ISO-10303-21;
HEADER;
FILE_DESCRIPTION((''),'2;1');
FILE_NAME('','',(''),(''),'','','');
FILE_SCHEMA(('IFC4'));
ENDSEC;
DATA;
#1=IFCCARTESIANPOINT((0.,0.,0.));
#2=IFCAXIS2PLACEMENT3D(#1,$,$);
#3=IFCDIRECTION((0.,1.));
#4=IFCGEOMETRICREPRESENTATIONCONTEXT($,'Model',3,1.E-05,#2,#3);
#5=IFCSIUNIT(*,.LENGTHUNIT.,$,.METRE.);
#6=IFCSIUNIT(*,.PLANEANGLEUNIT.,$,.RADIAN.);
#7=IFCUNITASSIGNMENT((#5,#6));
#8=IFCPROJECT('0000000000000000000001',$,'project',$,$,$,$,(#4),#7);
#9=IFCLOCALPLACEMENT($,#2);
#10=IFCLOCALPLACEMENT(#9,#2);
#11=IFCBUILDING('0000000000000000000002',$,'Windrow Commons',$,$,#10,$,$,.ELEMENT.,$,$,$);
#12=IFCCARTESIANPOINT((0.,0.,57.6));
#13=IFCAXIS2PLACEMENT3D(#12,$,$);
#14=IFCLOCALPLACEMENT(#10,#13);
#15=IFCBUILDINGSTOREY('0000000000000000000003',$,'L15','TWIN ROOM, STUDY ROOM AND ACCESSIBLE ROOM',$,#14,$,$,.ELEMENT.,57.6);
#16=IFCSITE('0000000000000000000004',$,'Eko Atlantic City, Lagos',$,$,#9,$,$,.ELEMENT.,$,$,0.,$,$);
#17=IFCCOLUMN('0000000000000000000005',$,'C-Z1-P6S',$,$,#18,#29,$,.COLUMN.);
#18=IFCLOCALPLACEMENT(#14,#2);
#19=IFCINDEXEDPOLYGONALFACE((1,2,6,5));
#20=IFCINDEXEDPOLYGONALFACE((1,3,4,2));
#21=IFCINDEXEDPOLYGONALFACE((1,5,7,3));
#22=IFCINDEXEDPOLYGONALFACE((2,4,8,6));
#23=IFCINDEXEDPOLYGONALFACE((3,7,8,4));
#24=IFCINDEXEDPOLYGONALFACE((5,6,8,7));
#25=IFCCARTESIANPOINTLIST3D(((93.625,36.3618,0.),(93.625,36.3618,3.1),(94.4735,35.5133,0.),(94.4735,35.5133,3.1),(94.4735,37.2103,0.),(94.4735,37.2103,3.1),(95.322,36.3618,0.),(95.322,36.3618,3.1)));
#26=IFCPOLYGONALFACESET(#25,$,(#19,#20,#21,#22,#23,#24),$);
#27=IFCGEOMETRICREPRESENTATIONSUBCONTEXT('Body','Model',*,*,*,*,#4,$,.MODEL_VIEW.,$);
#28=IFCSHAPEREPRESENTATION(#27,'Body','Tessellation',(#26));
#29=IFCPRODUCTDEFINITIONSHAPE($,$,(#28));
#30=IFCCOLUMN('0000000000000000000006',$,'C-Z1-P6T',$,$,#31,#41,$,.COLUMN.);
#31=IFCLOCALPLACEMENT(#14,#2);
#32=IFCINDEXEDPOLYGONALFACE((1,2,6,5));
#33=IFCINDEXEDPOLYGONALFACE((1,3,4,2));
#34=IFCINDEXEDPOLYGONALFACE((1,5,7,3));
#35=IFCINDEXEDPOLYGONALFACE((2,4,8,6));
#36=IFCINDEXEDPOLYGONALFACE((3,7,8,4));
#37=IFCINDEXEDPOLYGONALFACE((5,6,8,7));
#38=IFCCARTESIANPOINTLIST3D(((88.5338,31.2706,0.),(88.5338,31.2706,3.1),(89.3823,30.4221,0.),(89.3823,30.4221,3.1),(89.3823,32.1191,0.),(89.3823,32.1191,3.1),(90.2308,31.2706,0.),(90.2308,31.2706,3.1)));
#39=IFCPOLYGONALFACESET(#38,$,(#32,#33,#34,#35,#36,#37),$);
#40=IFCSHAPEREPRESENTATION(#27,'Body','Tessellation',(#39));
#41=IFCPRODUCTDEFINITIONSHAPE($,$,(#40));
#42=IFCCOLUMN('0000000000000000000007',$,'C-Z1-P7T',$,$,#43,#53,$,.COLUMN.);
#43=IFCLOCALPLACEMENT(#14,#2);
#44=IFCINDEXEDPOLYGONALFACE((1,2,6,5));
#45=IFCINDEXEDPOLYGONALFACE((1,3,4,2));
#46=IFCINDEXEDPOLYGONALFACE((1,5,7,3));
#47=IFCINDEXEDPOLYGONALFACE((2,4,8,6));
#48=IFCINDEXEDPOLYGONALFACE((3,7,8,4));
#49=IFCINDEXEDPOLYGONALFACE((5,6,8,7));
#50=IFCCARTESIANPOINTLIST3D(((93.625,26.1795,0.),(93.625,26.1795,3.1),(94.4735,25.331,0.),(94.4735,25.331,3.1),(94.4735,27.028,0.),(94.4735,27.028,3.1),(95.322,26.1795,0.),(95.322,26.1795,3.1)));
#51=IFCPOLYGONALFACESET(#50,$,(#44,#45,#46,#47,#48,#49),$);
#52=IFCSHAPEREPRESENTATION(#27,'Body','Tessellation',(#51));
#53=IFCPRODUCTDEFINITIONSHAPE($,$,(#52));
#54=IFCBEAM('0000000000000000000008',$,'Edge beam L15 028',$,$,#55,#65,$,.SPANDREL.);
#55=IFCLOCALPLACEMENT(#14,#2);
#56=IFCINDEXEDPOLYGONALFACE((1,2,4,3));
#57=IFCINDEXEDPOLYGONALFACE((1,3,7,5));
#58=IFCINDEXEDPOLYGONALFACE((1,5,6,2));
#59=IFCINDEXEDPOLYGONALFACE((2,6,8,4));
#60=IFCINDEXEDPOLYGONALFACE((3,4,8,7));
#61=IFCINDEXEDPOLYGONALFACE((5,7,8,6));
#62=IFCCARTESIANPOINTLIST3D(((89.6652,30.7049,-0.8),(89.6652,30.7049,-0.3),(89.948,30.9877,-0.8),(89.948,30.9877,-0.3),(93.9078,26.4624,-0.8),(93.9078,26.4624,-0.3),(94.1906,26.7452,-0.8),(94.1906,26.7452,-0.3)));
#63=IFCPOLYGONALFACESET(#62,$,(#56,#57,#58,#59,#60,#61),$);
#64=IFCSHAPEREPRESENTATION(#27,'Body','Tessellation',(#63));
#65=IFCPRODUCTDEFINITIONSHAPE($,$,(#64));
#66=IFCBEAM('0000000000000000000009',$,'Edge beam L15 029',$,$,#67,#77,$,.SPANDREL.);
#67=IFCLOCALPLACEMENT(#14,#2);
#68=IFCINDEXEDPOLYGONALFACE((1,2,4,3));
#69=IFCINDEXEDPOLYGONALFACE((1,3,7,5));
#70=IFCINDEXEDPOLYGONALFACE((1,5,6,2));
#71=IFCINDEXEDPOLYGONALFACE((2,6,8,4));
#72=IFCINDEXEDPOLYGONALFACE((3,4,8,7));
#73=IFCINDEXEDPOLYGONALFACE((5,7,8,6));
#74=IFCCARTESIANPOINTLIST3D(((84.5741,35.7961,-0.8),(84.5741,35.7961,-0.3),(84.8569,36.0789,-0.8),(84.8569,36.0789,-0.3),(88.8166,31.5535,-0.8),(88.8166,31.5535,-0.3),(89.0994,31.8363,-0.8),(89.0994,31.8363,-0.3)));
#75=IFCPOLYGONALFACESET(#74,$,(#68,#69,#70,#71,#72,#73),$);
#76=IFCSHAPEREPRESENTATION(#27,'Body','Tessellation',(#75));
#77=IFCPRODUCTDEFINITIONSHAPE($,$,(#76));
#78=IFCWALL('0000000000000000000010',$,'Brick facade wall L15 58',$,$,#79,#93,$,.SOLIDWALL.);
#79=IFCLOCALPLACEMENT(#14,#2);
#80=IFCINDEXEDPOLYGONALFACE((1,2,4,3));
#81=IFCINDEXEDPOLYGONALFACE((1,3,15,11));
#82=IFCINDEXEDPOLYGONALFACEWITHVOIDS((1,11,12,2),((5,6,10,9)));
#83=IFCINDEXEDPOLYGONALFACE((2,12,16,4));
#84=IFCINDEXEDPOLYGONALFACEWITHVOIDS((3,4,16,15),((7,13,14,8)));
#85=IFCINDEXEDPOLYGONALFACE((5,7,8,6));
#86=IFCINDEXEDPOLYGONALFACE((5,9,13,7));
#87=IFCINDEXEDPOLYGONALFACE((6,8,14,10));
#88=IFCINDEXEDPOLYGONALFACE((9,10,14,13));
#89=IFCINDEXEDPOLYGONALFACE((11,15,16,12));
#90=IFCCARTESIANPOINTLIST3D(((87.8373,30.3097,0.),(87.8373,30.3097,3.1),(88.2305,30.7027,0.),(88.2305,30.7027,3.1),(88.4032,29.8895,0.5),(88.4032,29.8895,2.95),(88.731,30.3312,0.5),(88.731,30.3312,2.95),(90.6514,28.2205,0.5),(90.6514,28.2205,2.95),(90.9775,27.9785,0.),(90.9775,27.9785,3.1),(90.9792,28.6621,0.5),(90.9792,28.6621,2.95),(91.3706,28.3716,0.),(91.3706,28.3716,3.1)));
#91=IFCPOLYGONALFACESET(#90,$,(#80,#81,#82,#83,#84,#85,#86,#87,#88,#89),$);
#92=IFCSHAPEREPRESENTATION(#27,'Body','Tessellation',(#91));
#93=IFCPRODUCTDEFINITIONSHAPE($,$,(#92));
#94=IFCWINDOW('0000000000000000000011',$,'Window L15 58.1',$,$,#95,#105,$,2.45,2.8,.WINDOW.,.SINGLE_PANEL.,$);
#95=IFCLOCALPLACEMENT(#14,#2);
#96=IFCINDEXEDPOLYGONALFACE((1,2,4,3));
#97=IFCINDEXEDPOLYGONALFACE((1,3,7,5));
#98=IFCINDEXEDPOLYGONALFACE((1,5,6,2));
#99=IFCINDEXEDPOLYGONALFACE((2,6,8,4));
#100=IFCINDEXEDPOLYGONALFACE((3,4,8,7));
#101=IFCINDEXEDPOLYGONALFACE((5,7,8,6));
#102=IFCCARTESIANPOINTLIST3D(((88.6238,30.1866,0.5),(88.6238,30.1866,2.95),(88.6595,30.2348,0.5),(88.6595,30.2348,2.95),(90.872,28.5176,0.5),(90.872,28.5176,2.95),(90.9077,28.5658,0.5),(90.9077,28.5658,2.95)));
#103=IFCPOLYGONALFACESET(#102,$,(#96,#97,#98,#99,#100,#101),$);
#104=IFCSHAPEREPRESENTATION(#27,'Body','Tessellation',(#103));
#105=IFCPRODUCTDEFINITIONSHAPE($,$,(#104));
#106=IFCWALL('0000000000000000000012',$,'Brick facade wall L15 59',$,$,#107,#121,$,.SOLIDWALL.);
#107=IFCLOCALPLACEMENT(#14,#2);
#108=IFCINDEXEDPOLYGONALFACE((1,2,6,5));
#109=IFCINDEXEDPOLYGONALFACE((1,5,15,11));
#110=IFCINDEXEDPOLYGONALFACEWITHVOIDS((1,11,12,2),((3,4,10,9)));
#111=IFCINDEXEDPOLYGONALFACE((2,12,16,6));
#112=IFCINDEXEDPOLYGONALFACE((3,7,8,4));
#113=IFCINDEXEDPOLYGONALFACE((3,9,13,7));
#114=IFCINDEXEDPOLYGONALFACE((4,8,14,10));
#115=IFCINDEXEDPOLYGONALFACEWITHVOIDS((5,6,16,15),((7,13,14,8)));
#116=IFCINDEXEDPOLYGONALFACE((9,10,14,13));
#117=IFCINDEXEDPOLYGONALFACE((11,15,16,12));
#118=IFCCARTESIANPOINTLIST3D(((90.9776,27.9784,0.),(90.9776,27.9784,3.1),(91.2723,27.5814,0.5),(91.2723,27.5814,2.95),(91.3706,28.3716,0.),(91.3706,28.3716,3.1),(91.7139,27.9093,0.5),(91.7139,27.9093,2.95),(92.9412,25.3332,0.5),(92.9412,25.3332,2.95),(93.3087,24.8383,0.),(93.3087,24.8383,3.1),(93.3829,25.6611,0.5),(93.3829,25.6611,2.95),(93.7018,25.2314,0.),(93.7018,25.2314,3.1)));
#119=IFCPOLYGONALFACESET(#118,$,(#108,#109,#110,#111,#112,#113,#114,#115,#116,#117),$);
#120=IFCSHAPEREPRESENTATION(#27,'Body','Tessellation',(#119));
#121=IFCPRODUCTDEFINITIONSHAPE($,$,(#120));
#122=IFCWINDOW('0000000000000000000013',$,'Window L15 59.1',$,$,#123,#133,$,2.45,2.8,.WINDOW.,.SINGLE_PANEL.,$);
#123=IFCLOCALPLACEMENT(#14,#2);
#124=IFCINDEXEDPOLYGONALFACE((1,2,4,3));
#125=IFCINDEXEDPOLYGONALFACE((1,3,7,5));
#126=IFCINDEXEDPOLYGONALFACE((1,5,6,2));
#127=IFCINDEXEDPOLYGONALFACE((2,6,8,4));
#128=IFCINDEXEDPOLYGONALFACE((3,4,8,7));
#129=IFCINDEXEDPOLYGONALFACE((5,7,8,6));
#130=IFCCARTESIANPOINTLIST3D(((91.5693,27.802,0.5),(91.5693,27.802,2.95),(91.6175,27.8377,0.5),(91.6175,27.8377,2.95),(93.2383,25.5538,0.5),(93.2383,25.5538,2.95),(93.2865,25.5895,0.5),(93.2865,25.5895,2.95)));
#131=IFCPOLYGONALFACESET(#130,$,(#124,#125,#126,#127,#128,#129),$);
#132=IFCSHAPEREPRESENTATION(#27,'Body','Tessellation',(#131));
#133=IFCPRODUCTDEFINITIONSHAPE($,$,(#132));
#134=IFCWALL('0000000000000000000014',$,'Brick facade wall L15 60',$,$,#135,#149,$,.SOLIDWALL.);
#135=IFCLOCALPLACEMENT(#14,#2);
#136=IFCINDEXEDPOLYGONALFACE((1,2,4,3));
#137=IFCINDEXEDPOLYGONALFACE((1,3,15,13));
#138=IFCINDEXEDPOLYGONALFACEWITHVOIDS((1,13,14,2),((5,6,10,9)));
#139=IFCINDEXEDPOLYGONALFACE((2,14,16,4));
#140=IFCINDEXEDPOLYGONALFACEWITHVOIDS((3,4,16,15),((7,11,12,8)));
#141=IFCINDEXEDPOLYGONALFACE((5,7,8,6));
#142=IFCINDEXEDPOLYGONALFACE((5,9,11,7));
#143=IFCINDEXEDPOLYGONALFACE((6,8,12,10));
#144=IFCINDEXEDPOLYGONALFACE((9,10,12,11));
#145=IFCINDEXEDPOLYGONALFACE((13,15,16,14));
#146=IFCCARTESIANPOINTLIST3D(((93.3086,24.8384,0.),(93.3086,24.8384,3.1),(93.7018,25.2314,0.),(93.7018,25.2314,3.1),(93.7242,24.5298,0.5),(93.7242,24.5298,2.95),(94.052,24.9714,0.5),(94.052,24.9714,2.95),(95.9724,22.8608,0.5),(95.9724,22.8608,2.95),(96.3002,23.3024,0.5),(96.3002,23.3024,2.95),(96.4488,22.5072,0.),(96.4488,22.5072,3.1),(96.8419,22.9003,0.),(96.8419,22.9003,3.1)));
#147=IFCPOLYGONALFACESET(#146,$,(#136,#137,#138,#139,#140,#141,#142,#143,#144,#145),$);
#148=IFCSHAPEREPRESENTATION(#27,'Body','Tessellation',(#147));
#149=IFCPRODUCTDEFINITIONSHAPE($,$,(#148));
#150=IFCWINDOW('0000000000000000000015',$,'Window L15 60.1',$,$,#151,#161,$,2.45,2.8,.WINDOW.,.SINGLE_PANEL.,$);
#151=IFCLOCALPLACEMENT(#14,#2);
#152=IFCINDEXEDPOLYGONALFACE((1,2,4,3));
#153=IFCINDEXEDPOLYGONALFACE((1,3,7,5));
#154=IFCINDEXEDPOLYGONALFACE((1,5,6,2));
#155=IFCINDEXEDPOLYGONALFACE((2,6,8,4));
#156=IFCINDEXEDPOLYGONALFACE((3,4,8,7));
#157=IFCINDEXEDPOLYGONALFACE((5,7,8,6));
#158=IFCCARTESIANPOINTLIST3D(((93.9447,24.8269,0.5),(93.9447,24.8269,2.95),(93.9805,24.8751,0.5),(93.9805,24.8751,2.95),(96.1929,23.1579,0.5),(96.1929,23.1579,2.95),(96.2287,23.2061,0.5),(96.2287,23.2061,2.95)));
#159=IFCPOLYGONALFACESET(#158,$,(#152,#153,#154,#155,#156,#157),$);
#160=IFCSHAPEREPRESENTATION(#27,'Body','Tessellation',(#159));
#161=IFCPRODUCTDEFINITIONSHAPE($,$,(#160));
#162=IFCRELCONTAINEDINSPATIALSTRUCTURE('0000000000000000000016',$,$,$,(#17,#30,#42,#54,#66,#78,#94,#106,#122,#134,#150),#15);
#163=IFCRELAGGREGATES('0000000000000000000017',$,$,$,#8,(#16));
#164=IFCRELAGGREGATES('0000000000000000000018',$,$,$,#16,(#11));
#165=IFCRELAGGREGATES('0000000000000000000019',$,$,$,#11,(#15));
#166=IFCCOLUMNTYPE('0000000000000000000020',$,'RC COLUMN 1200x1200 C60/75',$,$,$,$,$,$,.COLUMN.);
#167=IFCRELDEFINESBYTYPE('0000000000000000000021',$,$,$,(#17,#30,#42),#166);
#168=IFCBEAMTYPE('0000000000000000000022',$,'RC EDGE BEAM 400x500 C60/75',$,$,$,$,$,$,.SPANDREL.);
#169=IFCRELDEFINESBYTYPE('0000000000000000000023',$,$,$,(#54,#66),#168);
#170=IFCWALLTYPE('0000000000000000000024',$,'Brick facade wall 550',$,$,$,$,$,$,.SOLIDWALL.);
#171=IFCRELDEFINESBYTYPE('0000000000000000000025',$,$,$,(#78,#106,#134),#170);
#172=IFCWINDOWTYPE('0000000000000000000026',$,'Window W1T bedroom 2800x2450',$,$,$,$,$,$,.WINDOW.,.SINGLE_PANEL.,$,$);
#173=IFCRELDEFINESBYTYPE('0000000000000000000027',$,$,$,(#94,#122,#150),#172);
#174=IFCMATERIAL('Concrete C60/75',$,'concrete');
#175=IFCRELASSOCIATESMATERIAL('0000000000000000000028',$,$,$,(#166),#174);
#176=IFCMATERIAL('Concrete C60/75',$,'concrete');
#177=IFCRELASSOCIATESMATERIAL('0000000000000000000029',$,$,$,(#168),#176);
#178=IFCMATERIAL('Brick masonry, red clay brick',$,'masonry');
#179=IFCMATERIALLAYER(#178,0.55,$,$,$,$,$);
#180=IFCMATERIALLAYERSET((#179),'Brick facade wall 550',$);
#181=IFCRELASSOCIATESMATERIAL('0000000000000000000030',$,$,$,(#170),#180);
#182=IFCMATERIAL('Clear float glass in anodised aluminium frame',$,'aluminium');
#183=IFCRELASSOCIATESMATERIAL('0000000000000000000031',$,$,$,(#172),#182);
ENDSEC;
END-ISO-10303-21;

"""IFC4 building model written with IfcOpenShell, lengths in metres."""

from ifc_helpers import new_model, si_unit, direction, frame, frame_2d, origin, origin_2d, place, context, subcontext, project, spatial, polyline, rectangle, outline, extrude, material, layer, layer_set, material_profile, profile_set, type_object, element, fill, save


model = new_model("IFC4")

# Units and contexts
model_context = context("Model", 3, precision=1e-05, world=origin(), true_north=direction((0.0, 1.0)))
body_context = subcontext(model_context, "Body", "Model", "MODEL_VIEW")
ifc_project = project(units=[si_unit("LENGTHUNIT", "METRE"), si_unit("PLANEANGLEUNIT", "RADIAN")], contexts=[model_context])

# Site, building, storey
site_placement = place(None, origin())
site = spatial("IfcSite", under=ifc_project, at=site_placement, Name="Eko Atlantic City, Lagos", CompositionType="ELEMENT", RefElevation=0.0)
building_placement = place(site_placement, origin())
building = spatial("IfcBuilding", under=site, at=building_placement, Name="Windrow Commons", CompositionType="ELEMENT")
storey_placement = place(building_placement, frame((0.0, 0.0, 57.6)))
storey = spatial("IfcBuildingStorey", under=building, at=storey_placement, Name="L15", Description="TWIN ROOM, STUDY ROOM AND ACCESSIBLE ROOM", CompositionType="ELEMENT", Elevation=57.6)

# Columns
ifc_material_1 = material(Name="Concrete C60/75", Category="concrete")
ifc_material_profile_1 = material_profile(ifc_material_1, rectangle(XDim=1.2, YDim=1.2, at=origin_2d()))
ifc_profile_set_1 = profile_set([ifc_material_profile_1], Name="Concrete C60/75")
column_type = type_object("IfcColumnType", Name="RC COLUMN 1200x1200 C60/75", PredefinedType="COLUMN", material=ifc_profile_set_1)
for number, where, z_axis, x_axis, name in (
    (1, (94.4735, 36.3618, 0.0), (0.0, 0.0, 1.0), (0.707107, -0.707107, 0.0), "C-Z1-P6S"),
    (2, (89.3823, 31.2706, 0.0), (0.0, 0.0, 1.0), (0.707107, -0.707107, 0.0), "C-Z1-P6T"),
    (3, (94.4735, 26.1795, 0.0), (0.0, 0.0, 1.0), (0.707107, -0.707107, 0.0), "C-Z1-P7T"),
):
    element("IfcColumn", number, at=place(storey_placement, frame(where, z_axis=z_axis, x_axis=x_axis)), inside=storey, type_object=column_type, Name=name, PredefinedType="COLUMN", context=body_context, shape_type="SweptSolid", body=[
        extrude(rectangle(XDim=1.2, YDim=1.2, at=origin_2d()), origin(), (0.0, 0.0, 1.0), 3.1),
    ])

# Beams
ifc_material_2 = material(Name="Concrete C60/75", Category="concrete")
ifc_material_profile_2 = material_profile(ifc_material_2, rectangle(XDim=0.4, YDim=0.5, at=origin_2d()))
ifc_profile_set_2 = profile_set([ifc_material_profile_2], Name="Concrete C60/75")
beam_type = type_object("IfcBeamType", Name="RC EDGE BEAM 400x500 C60/75", PredefinedType="SPANDREL", material=ifc_profile_set_2)
for number, where, z_axis, x_axis, name in (
    (4, (94.0492, 26.6038, -0.55), (-0.707115, 0.707098, 0.0), (-0.707098, -0.707115, 0.0), "Edge beam L15 028"),
    (5, (88.958, 31.6949, -0.55), (-0.707098, 0.707115, 0.0), (-0.707115, -0.707098, 0.0), "Edge beam L15 029"),
):
    element("IfcBeam", number, at=place(storey_placement, frame(where, z_axis=z_axis, x_axis=x_axis)), inside=storey, type_object=beam_type, Name=name, PredefinedType="SPANDREL", context=body_context, shape_type="SweptSolid", body=[
        extrude(rectangle(XDim=0.4, YDim=0.5, at=origin_2d()), origin(), (0.0, 0.0, 1.0), 5.9999),
    ])

# Walls, openings, windows
ifc_material_3 = material(Name="Brick masonry, red clay brick", Category="masonry")
ifc_layer_1 = layer(ifc_material_3, 0.55)
ifc_layer_set_1 = layer_set([ifc_layer_1], Name="Brick facade wall 550")
wall_type_1 = type_object("IfcWallType", Name="Brick facade wall 550", PredefinedType="SOLIDWALL", material=ifc_layer_set_1)
wall_1_placement = place(storey_placement, frame((88.0339, 30.5062, 0.0), z_axis=(0.0, 0.0, 1.0), x_axis=(0.80293, -0.596074, 0.0)))
wall_1 = element("IfcWall", 6, at=wall_1_placement, inside=storey, type_object=wall_type_1, Name="Brick facade wall L15 58", PredefinedType="SOLIDWALL", context=body_context, shape_type="SweptSolid", body=[
    extrude(outline(polyline([(-0.0407, -0.275), (3.8702, -0.275), (3.9515, 0.275), (0.0407, 0.275), (-0.0407, -0.275)])), origin(), (0.0, 0.0, 1.0), 3.1),
])
opening_1_placement = place(wall_1_placement, frame((0.6641, 0.0, 0.5)))
opening_1 = element("IfcOpeningElement", 7, at=opening_1_placement, cuts=wall_1, PredefinedType="OPENING", context=body_context, shape_type="SweptSolid", body=[
    extrude(rectangle(XDim=2.8, YDim=2.45, at=frame_2d((1.4, 1.225))), frame((0.0, 0.285, 0.0), z_axis=(0.0, -1.0, 0.0), x_axis=(1.0, 0.0, 0.0)), (0.0, 0.0, 1.0), 0.57),
])
ifc_material_4 = material(Name="Clear float glass in anodised aluminium frame", Category="aluminium")
window_type = type_object("IfcWindowType", Name="Window W1T bedroom 2800x2450", PartitioningType="SINGLE_PANEL", PredefinedType="WINDOW", material=ifc_material_4)
window_1_placement = place(opening_1_placement, origin())
window_1 = element("IfcWindow", 8, at=window_1_placement, inside=storey, type_object=window_type, Name="Window L15 58.1", OverallHeight=2.45, OverallWidth=2.8, PartitioningType="SINGLE_PANEL", PredefinedType="WINDOW", context=body_context, shape_type="SweptSolid", body=[
    extrude(rectangle(XDim=2.8, YDim=2.45, at=frame_2d((1.4, 1.225))), frame((0.0, 0.155, 0.0), z_axis=(0.0, -1.0, 0.0), x_axis=(1.0, 0.0, 0.0)), (0.0, 0.0, 1.0), 0.06),
])
fill(opening_1, window_1)
wall_2_placement = place(storey_placement, frame((91.1741, 28.175, 0.0), z_axis=(0.0, 0.0, 1.0), x_axis=(0.596069, -0.802933, 0.0)))
wall_2 = element("IfcWall", 9, at=wall_2_placement, inside=storey, type_object=wall_type_1, Name="Brick facade wall L15 59", PredefinedType="SOLIDWALL", context=body_context, shape_type="SweptSolid", body=[
    extrude(outline(polyline([(0.0407, -0.275), (3.9515, -0.275), (3.8702, 0.275), (-0.0407, 0.275), (0.0407, -0.275)])), origin(), (0.0, 0.0, 1.0), 3.1),
])
opening_2_placement = place(wall_2_placement, frame((0.5351, 0.0, 0.5)))
opening_2 = element("IfcOpeningElement", 10, at=opening_2_placement, cuts=wall_2, PredefinedType="OPENING", context=body_context, shape_type="SweptSolid", body=[
    extrude(rectangle(XDim=2.8, YDim=2.45, at=frame_2d((1.4, 1.225))), frame((0.0, 0.285, 0.0), z_axis=(0.0, -1.0, 0.0), x_axis=(1.0, 0.0, 0.0)), (0.0, 0.0, 1.0), 0.57),
])
window_2_placement = place(opening_2_placement, origin())
window_2 = element("IfcWindow", 11, at=window_2_placement, inside=storey, type_object=window_type, Name="Window L15 59.1", OverallHeight=2.45, OverallWidth=2.8, PartitioningType="SINGLE_PANEL", PredefinedType="WINDOW", context=body_context, shape_type="SweptSolid", body=[
    extrude(rectangle(XDim=2.8, YDim=2.45, at=frame_2d((1.4, 1.225))), frame((0.0, 0.155, 0.0), z_axis=(0.0, -1.0, 0.0), x_axis=(1.0, 0.0, 0.0)), (0.0, 0.0, 1.0), 0.06),
])
fill(opening_2, window_2)
wall_3_placement = place(storey_placement, frame((93.5052, 25.0349, 0.0), z_axis=(0.0, 0.0, 1.0), x_axis=(0.80293, -0.596074, 0.0)))
wall_3 = element("IfcWall", 12, at=wall_3_placement, inside=storey, type_object=wall_type_1, Name="Brick facade wall L15 60", PredefinedType="SOLIDWALL", context=body_context, shape_type="SweptSolid", body=[
    extrude(outline(polyline([(-0.0407, -0.275), (3.8702, -0.275), (3.9515, 0.275), (0.0407, 0.275), (-0.0407, -0.275)])), origin(), (0.0, 0.0, 1.0), 3.1),
])
opening_3_placement = place(wall_3_placement, frame((0.4769, 0.0, 0.5)))
opening_3 = element("IfcOpeningElement", 13, at=opening_3_placement, cuts=wall_3, PredefinedType="OPENING", context=body_context, shape_type="SweptSolid", body=[
    extrude(rectangle(XDim=2.8, YDim=2.45, at=frame_2d((1.4, 1.225))), frame((0.0, 0.285, 0.0), z_axis=(0.0, -1.0, 0.0), x_axis=(1.0, 0.0, 0.0)), (0.0, 0.0, 1.0), 0.57),
])
window_3_placement = place(opening_3_placement, origin())
window_3 = element("IfcWindow", 14, at=window_3_placement, inside=storey, type_object=window_type, Name="Window L15 60.1", OverallHeight=2.45, OverallWidth=2.8, PartitioningType="SINGLE_PANEL", PredefinedType="WINDOW", context=body_context, shape_type="SweptSolid", body=[
    extrude(rectangle(XDim=2.8, YDim=2.45, at=frame_2d((1.4, 1.225))), frame((0.0, 0.155, 0.0), z_axis=(0.0, -1.0, 0.0), x_axis=(1.0, 0.0, 0.0)), (0.0, 0.0, 1.0), 0.06),
])
fill(opening_3, window_3)

save(model, "model.ifc")
